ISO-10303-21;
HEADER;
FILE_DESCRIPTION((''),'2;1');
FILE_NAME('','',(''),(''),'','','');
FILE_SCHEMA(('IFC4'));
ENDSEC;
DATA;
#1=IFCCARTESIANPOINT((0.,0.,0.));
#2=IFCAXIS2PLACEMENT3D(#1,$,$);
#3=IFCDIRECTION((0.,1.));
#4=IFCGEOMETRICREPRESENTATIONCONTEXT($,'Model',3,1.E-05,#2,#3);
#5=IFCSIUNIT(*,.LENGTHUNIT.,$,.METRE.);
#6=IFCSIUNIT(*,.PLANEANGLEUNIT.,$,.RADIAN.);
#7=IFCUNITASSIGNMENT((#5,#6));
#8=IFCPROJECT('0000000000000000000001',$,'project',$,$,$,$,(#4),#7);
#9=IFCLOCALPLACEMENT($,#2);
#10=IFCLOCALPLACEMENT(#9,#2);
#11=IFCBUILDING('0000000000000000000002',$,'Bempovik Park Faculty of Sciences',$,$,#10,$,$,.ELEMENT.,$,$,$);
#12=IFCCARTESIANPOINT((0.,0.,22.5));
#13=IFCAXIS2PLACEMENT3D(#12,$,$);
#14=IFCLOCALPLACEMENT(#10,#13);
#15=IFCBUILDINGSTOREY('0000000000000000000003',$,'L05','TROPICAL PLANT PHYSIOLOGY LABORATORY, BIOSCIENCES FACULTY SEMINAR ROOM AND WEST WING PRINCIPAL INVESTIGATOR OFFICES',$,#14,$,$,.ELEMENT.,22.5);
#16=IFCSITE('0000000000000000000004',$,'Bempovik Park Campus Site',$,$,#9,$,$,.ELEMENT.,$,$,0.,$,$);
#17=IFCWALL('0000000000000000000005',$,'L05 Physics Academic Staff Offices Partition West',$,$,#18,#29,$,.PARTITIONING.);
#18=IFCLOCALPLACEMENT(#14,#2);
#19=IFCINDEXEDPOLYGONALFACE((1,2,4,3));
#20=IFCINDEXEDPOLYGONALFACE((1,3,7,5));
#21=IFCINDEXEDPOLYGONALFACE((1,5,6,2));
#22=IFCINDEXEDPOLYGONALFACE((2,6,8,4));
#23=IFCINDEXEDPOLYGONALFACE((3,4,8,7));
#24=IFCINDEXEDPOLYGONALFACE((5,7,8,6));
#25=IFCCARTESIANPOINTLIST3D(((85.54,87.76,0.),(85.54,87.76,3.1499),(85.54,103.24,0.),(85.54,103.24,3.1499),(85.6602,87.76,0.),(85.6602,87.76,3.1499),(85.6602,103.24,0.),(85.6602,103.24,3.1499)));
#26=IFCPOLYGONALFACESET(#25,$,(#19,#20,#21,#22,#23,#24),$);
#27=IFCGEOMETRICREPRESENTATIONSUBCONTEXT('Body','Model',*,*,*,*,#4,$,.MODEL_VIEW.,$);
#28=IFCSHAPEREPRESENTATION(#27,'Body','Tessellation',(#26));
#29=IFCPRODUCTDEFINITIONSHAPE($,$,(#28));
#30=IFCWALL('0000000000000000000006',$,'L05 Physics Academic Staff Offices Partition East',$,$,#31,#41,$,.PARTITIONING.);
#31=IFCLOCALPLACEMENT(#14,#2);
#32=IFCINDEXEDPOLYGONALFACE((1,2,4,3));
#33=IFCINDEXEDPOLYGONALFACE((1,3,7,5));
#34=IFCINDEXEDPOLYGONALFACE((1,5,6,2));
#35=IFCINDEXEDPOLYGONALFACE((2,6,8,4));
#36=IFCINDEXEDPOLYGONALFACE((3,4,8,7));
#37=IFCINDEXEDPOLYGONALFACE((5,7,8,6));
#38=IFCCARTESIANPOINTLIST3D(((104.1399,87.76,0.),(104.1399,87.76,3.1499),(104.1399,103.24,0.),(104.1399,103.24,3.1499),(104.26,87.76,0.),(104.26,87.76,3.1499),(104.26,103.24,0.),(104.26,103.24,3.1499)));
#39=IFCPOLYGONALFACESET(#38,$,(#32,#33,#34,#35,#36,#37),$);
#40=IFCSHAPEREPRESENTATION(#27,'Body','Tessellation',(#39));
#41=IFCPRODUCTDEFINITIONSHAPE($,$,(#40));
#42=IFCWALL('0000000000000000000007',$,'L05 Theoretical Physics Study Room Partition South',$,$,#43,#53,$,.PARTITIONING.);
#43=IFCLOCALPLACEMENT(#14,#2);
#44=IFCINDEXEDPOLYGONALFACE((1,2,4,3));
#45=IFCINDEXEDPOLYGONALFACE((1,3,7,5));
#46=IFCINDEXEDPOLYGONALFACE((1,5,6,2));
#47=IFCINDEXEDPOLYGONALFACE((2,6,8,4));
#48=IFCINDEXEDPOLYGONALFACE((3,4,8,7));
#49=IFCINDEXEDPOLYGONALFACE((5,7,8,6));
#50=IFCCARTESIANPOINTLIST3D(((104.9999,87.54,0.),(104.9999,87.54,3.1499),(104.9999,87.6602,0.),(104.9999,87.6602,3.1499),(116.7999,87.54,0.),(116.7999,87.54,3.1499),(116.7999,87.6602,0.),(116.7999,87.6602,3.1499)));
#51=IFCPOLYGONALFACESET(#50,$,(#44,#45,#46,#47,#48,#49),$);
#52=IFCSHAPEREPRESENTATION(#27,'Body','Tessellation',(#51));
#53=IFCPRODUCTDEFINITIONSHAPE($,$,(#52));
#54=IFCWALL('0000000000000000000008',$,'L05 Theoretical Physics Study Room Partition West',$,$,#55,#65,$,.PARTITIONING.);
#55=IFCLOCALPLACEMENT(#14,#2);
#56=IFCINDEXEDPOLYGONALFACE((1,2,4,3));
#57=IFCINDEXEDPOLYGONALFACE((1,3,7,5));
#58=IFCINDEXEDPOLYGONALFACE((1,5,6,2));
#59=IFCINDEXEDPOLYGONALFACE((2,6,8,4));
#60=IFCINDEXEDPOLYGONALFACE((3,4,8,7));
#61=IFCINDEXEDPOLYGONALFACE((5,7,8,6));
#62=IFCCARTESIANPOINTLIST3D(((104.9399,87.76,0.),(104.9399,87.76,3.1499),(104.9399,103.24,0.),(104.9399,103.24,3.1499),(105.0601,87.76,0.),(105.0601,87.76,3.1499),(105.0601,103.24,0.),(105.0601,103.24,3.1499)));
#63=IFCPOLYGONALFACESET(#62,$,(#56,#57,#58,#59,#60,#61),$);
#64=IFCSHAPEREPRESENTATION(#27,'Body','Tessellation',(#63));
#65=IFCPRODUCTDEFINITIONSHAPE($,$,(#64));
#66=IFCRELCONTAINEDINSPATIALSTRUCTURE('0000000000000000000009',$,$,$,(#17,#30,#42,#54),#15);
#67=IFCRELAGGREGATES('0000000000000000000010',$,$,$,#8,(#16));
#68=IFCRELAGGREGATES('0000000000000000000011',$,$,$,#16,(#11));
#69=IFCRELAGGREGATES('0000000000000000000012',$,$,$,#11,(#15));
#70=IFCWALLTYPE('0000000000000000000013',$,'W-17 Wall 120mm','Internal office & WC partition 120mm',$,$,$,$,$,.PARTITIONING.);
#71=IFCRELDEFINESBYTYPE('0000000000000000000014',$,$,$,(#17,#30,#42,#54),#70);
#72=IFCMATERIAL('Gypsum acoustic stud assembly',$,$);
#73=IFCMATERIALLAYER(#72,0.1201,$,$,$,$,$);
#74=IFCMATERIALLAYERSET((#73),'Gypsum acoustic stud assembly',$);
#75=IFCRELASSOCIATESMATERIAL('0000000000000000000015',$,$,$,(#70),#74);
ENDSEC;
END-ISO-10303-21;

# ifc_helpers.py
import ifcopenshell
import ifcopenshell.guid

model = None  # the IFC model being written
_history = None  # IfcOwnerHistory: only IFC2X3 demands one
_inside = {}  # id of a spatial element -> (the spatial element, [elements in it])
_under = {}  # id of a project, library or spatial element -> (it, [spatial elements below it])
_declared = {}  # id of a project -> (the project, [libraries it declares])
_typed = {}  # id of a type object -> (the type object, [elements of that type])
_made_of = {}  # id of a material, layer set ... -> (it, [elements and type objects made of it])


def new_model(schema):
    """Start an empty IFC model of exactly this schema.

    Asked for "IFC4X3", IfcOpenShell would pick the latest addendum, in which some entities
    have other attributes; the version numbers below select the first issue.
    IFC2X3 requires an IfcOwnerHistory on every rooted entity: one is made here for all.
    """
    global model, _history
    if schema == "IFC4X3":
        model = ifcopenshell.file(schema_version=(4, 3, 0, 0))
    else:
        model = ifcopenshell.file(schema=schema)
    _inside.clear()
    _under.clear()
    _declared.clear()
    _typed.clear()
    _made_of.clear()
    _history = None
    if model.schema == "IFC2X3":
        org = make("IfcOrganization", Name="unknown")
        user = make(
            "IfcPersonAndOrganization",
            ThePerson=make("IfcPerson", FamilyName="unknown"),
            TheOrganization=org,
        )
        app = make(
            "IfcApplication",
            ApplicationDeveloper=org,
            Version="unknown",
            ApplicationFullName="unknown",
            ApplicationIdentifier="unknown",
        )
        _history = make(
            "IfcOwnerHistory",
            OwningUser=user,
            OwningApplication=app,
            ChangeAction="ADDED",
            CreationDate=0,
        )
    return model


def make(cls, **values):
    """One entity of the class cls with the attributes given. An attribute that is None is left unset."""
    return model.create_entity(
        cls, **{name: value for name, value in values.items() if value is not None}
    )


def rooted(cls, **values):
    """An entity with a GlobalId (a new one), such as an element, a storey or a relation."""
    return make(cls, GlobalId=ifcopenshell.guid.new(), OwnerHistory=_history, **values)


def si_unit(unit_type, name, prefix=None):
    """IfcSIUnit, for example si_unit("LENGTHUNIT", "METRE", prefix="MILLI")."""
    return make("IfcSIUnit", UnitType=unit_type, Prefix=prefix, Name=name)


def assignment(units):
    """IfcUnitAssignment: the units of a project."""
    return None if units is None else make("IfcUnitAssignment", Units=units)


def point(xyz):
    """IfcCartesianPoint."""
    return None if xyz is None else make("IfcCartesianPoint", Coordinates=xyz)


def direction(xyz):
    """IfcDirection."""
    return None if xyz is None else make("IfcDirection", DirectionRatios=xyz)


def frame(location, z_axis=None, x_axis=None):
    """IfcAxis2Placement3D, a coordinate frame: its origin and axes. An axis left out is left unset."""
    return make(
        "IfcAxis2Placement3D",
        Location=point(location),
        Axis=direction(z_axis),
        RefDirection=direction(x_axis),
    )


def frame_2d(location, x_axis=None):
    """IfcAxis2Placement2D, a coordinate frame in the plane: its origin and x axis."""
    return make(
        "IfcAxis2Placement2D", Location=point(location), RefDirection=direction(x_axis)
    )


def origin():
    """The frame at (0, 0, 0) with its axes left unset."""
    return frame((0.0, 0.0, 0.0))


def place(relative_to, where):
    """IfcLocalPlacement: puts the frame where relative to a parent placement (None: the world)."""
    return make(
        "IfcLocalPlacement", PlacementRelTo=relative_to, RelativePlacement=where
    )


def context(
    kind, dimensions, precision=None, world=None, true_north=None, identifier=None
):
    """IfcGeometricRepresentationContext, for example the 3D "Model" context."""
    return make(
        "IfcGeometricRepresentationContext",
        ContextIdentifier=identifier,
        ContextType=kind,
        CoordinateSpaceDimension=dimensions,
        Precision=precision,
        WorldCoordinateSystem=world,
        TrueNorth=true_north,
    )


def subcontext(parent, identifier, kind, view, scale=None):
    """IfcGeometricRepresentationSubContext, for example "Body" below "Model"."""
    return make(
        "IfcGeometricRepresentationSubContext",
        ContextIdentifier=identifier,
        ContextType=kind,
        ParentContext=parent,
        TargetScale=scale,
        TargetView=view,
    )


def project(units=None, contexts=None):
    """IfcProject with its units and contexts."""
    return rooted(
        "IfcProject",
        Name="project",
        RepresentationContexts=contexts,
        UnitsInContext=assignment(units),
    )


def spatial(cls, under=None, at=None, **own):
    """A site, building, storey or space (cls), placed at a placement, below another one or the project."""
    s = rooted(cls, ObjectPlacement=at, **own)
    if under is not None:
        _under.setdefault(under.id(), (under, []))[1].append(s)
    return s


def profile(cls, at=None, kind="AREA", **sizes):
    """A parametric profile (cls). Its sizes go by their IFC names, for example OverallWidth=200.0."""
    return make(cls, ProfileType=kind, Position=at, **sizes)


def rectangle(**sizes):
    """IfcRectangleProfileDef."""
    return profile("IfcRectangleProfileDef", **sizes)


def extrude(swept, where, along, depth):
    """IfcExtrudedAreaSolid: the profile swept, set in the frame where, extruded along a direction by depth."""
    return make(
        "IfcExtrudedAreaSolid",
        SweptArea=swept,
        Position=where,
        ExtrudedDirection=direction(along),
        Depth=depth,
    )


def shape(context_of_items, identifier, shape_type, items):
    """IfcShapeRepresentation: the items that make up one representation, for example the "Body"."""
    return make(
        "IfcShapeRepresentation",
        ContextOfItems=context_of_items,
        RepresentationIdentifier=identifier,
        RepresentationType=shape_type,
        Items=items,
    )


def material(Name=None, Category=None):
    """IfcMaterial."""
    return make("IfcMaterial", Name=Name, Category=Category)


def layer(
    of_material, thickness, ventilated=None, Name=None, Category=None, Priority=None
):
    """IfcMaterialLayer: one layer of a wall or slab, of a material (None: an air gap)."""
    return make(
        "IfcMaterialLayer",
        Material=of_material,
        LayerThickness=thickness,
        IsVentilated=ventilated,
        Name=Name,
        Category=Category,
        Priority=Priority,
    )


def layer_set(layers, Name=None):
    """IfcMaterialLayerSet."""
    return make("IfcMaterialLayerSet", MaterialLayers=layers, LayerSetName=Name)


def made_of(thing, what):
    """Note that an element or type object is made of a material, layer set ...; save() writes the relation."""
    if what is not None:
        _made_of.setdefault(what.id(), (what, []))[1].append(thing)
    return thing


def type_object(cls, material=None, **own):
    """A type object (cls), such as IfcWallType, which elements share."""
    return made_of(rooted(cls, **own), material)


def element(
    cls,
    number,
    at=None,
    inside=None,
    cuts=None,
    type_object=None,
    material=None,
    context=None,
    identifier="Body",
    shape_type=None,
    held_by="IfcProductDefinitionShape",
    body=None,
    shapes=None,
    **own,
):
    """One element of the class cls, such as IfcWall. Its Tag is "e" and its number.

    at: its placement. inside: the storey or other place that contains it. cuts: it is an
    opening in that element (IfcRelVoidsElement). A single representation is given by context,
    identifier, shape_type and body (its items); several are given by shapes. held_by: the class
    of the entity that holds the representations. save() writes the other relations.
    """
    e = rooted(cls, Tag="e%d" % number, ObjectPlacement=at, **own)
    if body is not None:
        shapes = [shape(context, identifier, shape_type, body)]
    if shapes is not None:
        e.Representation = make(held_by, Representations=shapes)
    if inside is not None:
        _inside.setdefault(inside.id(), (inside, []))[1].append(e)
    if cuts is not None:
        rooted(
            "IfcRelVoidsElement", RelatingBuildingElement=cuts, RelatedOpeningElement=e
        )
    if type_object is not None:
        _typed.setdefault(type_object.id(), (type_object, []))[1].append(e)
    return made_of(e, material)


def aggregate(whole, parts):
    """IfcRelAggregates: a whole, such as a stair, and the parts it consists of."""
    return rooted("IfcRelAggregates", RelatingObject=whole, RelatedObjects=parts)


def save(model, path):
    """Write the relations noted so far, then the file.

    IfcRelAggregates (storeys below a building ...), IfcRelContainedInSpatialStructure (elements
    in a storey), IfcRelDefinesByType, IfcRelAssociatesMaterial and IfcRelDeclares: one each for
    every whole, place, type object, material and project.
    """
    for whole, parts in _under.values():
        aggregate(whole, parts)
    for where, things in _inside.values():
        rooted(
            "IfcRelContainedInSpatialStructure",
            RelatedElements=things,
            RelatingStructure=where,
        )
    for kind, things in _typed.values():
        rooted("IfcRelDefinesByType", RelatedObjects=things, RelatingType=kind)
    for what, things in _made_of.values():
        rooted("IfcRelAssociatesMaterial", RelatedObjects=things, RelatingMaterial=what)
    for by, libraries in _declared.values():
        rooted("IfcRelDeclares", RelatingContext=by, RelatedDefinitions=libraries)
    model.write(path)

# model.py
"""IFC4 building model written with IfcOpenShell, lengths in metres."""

from ifc_helpers import new_model, si_unit, direction, frame, frame_2d, origin, place, context, subcontext, project, spatial, rectangle, extrude, material, layer, layer_set, type_object, element, save


model = new_model("IFC4")

# Units and contexts
model_context = context("Model", 3, precision=1e-05, world=origin(), true_north=direction((0.0, 1.0)))
body_context = subcontext(model_context, "Body", "Model", "MODEL_VIEW")
ifc_project = project(units=[si_unit("LENGTHUNIT", "METRE"), si_unit("PLANEANGLEUNIT", "RADIAN")], contexts=[model_context])

# Site, building, storey
site_placement = place(None, origin())
site = spatial("IfcSite", under=ifc_project, at=site_placement, Name="Bempovik Park Campus Site", CompositionType="ELEMENT", RefElevation=0.0)
building_placement = place(site_placement, origin())
building = spatial("IfcBuilding", under=site, at=building_placement, Name="Bempovik Park Faculty of Sciences", CompositionType="ELEMENT")
storey_placement = place(building_placement, frame((0.0, 0.0, 22.5)))
storey = spatial("IfcBuildingStorey", under=building, at=storey_placement, Name="L05", Description="TROPICAL PLANT PHYSIOLOGY LABORATORY, BIOSCIENCES FACULTY SEMINAR ROOM AND WEST WING PRINCIPAL INVESTIGATOR OFFICES", CompositionType="ELEMENT", Elevation=22.5)

# Walls
ifc_material_1 = material(Name="Gypsum acoustic stud assembly")
ifc_layer = layer(ifc_material_1, 0.1201)
ifc_layer_set = layer_set([ifc_layer], Name="Gypsum acoustic stud assembly")
wall_type = type_object("IfcWallType", Name="W-17 Wall 120mm", Description="Internal office & WC partition 120mm", PredefinedType="PARTITIONING", material=ifc_layer_set)
for number, where, z_axis, x_axis, name in (
    (1, (85.6001, 87.76, 0.0), (0.0, 0.0, 1.0), (0.0, 1.0, 0.0), "L05 Physics Academic Staff Offices Partition West"),
    (2, (104.2, 87.76, 0.0), (0.0, 0.0, 1.0), (0.0, 1.0, 0.0), "L05 Physics Academic Staff Offices Partition East"),
):
    element("IfcWall", number, at=place(storey_placement, frame(where, z_axis=z_axis, x_axis=x_axis)), inside=storey, type_object=wall_type, Name=name, PredefinedType="PARTITIONING", context=body_context, shape_type="SweptSolid", body=[
        extrude(rectangle(XDim=15.48, YDim=0.1201, at=frame_2d((7.74, 0.0))), origin(), (0.0, 0.0, 1.0), 3.1499),
    ])
wall_1_placement = place(storey_placement, frame((105.0, 87.6001, 0.0), z_axis=(0.0, 0.0, 1.0), x_axis=(1.0, 0.0, 0.0)))
element("IfcWall", 3, at=wall_1_placement, inside=storey, type_object=wall_type, Name="L05 Theoretical Physics Study Room Partition South", PredefinedType="PARTITIONING", context=body_context, shape_type="SweptSolid", body=[
    extrude(rectangle(XDim=11.8, YDim=0.1201, at=frame_2d((5.8999, 0.0))), origin(), (0.0, 0.0, 1.0), 3.1499),
])
wall_2_placement = place(storey_placement, frame((105.0, 87.76, 0.0), z_axis=(0.0, 0.0, 1.0), x_axis=(0.0, 1.0, 0.0)))
element("IfcWall", 4, at=wall_2_placement, inside=storey, type_object=wall_type, Name="L05 Theoretical Physics Study Room Partition West", PredefinedType="PARTITIONING", context=body_context, shape_type="SweptSolid", body=[
    extrude(rectangle(XDim=15.48, YDim=0.1201, at=frame_2d((7.74, 0.0))), origin(), (0.0, 0.0, 1.0), 3.1499),
])

save(model, "model.ifc")
